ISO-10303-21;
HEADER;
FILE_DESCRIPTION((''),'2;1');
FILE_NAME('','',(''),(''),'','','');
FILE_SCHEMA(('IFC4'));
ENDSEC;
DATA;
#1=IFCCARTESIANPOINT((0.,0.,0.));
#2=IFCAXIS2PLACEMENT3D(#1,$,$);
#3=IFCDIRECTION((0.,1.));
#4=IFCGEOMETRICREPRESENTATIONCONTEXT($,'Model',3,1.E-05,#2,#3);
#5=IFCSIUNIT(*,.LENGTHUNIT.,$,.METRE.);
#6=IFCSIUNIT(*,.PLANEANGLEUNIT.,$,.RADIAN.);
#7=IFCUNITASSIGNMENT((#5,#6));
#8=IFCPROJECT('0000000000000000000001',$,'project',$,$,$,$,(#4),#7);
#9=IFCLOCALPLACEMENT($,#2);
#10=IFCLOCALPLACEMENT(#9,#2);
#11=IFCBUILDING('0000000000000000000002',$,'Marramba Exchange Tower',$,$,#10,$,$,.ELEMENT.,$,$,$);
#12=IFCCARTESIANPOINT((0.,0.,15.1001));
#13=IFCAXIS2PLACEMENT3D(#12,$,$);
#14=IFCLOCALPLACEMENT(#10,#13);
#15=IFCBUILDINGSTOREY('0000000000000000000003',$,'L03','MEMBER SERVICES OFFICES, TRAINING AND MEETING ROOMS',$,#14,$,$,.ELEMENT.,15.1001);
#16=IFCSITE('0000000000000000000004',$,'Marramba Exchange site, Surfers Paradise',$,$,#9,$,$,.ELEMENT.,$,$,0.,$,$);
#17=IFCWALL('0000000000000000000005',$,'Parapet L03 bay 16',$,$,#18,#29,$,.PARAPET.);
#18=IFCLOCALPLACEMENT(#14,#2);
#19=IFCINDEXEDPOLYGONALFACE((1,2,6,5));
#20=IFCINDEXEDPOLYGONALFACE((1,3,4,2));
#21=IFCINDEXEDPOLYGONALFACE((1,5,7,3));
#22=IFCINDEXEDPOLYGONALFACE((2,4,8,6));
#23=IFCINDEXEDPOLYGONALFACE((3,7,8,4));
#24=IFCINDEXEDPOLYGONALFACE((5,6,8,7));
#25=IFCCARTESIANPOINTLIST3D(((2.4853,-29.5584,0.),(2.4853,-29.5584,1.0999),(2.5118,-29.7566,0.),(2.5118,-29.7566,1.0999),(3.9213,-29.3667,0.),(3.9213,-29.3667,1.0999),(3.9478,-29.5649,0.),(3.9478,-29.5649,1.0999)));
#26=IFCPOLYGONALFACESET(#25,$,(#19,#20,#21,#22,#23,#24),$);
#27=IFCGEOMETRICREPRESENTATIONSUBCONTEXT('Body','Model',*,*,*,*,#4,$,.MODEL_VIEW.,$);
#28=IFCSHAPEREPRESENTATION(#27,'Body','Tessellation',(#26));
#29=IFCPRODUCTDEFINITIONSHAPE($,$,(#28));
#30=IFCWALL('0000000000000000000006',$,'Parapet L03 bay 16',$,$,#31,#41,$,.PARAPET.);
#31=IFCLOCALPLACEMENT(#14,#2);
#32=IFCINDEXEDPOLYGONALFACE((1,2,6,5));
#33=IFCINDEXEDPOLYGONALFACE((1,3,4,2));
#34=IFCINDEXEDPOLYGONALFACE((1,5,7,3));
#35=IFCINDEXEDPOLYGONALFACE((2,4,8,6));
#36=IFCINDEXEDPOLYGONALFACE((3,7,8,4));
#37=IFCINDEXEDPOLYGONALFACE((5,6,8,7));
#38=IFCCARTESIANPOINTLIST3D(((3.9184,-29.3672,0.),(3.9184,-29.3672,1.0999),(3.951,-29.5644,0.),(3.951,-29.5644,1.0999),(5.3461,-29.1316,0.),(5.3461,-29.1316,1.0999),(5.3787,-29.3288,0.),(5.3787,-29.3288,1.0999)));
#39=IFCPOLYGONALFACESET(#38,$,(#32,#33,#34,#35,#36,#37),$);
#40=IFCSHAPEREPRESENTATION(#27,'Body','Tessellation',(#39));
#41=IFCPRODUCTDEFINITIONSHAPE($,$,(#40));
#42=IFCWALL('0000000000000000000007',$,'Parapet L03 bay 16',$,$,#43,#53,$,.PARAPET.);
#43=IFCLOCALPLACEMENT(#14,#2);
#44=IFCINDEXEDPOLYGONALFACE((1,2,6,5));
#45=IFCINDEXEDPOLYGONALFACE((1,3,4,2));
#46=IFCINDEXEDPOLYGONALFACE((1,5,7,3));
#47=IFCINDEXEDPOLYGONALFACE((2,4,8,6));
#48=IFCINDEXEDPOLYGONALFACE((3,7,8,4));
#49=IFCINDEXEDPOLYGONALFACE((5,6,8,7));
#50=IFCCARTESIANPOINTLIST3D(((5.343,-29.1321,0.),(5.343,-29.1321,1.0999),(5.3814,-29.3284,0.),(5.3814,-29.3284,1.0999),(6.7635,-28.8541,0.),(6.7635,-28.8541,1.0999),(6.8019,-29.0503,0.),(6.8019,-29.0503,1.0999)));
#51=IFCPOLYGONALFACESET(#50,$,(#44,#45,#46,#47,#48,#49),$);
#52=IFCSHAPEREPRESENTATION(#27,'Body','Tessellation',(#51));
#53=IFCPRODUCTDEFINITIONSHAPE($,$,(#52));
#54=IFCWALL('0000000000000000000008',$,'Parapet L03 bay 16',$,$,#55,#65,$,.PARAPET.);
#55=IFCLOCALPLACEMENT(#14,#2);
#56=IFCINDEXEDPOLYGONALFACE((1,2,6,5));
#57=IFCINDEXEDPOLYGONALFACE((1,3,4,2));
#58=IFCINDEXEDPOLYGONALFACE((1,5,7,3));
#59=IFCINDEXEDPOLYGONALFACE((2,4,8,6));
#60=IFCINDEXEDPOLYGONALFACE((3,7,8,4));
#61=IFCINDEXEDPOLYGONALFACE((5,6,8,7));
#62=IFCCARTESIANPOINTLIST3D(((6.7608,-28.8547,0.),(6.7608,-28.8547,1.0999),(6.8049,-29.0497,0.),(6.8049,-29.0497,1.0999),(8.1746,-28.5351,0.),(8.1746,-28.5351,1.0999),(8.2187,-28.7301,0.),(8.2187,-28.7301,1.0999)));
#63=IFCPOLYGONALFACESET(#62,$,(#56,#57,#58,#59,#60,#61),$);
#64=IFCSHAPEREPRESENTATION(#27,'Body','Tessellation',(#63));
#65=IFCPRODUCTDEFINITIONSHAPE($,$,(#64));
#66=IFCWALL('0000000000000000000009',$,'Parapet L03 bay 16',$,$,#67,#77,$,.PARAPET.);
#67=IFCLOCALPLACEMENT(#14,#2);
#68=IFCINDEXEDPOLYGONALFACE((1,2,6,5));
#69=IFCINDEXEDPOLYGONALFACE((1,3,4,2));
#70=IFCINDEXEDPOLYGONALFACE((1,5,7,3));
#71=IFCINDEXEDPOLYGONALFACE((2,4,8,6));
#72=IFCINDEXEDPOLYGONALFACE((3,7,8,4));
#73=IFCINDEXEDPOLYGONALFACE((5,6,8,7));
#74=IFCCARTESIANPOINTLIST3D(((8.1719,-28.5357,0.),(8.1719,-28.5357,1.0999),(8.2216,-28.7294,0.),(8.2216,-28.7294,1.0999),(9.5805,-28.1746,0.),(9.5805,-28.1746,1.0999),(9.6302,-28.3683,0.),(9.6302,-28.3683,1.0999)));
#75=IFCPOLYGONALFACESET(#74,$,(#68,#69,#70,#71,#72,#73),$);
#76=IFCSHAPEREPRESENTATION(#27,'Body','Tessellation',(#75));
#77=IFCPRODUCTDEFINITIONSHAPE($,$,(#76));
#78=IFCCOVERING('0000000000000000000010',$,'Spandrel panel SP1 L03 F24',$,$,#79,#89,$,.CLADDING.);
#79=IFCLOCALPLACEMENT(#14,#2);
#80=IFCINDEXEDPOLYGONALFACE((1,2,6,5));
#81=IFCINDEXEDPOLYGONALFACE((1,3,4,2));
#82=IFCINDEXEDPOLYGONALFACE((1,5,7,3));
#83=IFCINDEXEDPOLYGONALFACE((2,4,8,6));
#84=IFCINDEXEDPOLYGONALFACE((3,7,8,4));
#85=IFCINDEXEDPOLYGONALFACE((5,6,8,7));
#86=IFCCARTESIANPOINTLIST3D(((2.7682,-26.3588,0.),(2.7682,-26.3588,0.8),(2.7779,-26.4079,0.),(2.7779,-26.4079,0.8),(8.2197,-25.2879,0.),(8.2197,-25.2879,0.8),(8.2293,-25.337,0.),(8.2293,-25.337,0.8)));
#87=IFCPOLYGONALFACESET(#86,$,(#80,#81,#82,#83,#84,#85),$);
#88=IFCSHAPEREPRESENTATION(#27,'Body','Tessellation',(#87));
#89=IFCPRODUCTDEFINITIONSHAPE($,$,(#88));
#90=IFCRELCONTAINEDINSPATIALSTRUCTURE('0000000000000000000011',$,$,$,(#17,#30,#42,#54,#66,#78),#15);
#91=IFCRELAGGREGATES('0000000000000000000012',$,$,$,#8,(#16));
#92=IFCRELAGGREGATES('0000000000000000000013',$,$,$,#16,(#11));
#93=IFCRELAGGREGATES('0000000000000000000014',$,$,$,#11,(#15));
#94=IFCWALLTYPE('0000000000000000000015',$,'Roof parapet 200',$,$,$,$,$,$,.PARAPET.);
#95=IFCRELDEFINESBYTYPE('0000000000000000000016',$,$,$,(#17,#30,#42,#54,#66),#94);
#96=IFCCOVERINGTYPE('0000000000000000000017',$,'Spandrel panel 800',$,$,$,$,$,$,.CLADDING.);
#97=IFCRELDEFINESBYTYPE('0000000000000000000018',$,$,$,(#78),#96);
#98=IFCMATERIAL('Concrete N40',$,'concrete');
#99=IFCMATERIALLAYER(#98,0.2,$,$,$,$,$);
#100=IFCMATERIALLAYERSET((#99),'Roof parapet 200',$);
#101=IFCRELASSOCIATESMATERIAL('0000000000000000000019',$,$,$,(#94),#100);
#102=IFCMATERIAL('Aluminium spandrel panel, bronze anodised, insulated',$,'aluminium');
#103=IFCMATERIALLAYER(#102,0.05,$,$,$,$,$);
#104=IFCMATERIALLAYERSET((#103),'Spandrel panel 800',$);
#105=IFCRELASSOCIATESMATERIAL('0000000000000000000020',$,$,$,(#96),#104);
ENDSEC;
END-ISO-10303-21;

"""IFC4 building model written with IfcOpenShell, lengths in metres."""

from ifc_helpers import new_model, si_unit, direction, frame, frame_2d, origin, origin_2d, place, context, subcontext, project, spatial, rectangle, extrude, material, layer, layer_set, type_object, element, save


model = new_model("IFC4")

# Units and contexts
model_context = context("Model", 3, precision=1e-05, world=origin(), true_north=direction((0.0, 1.0)))
body_context = subcontext(model_context, "Body", "Model", "MODEL_VIEW")
ifc_project = project(units=[si_unit("LENGTHUNIT", "METRE"), si_unit("PLANEANGLEUNIT", "RADIAN")], contexts=[model_context])

# Site, building, storey
site_placement = place(None, origin())
site = spatial("IfcSite", under=ifc_project, at=site_placement, Name="Marramba Exchange site, Surfers Paradise", CompositionType="ELEMENT", RefElevation=0.0)
building_placement = place(site_placement, origin())
building = spatial("IfcBuilding", under=site, at=building_placement, Name="Marramba Exchange Tower", CompositionType="ELEMENT")
storey_placement = place(building_placement, frame((0.0, 0.0, 15.1001)))
storey = spatial("IfcBuildingStorey", under=building, at=storey_placement, Name="L03", Description="MEMBER SERVICES OFFICES, TRAINING AND MEETING ROOMS", CompositionType="ELEMENT", Elevation=15.1001)

# Walls
ifc_material_1 = material(Name="Concrete N40", Category="concrete")
ifc_layer_1 = layer(ifc_material_1, 0.2)
ifc_layer_set_1 = layer_set([ifc_layer_1], Name="Roof parapet 200")
wall_type = type_object("IfcWallType", Name="Roof parapet 200", PredefinedType="PARAPET", material=ifc_layer_set_1)
wall_1_placement = place(storey_placement, frame((2.4985, -29.6575, 0.0), z_axis=(0.0, 0.0, 1.0), x_axis=(0.991212, 0.132285, 0.0)))
element("IfcWall", 1, at=wall_1_placement, inside=storey, type_object=wall_type, Name="Parapet L03 bay 16", PredefinedType="PARAPET", context=body_context, shape_type="SweptSolid", body=[
    extrude(rectangle(XDim=1.4487, YDim=0.2, at=frame_2d((0.7244, 0.0))), origin(), (0.0, 0.0, 1.0), 1.0999),
])
wall_2_placement = place(storey_placement, frame((3.9346, -29.4658, 0.0), z_axis=(0.0, 0.0, 1.0), x_axis=(0.986657, 0.162812, 0.0)))
element("IfcWall", 2, at=wall_2_placement, inside=storey, type_object=wall_type, Name="Parapet L03 bay 16", PredefinedType="PARAPET", context=body_context, shape_type="SweptSolid", body=[
    extrude(rectangle(XDim=1.447, YDim=0.2, at=frame_2d((0.7236, 0.0))), origin(), (0.0, 0.0, 1.0), 1.0999),
])
wall_3_placement = place(storey_placement, frame((5.3623, -29.2302, 0.0), z_axis=(0.0, 0.0, 1.0), x_axis=(0.981377, 0.192093, 0.0)))
element("IfcWall", 3, at=wall_3_placement, inside=storey, type_object=wall_type, Name="Parapet L03 bay 16", PredefinedType="PARAPET", context=body_context, shape_type="SweptSolid", body=[
    extrude(rectangle(XDim=1.4475, YDim=0.2, at=frame_2d((0.7236, 0.0))), origin(), (0.0, 0.0, 1.0), 1.0999),
])
wall_4_placement = place(storey_placement, frame((6.783, -28.9521, 0.0), z_axis=(0.0, 0.0, 1.0), x_axis=(0.975392, 0.220478, 0.0)))
element("IfcWall", 4, at=wall_4_placement, inside=storey, type_object=wall_type, Name="Parapet L03 bay 16", PredefinedType="PARAPET", context=body_context, shape_type="SweptSolid", body=[
    extrude(rectangle(XDim=1.4495, YDim=0.2, at=frame_2d((0.7246, 0.0))), origin(), (0.0, 0.0, 1.0), 1.0999),
])
wall_5_placement = place(storey_placement, frame((8.1968, -28.6326, 0.0), z_axis=(0.0, 0.0, 1.0), x_axis=(0.968673, 0.248339, 0.0)))
element("IfcWall", 5, at=wall_5_placement, inside=storey, type_object=wall_type, Name="Parapet L03 bay 16", PredefinedType="PARAPET", context=body_context, shape_type="SweptSolid", body=[
    extrude(rectangle(XDim=1.4541, YDim=0.2, at=frame_2d((0.7271, 0.0))), origin(), (0.0, 0.0, 1.0), 1.0999),
])

# Covering
ifc_material_2 = material(Name="Aluminium spandrel panel, bronze anodised, insulated", Category="aluminium")
ifc_layer_2 = layer(ifc_material_2, 0.05)
ifc_layer_set_2 = layer_set([ifc_layer_2], Name="Spandrel panel 800")
covering_type = type_object("IfcCoveringType", Name="Spandrel panel 800", PredefinedType="CLADDING", material=ifc_layer_set_2)
covering_placement = place(storey_placement, frame((5.4988, -25.8479, 0.0), z_axis=(0.0, 0.0, 1.0), x_axis=(0.981244, 0.192768, 0.0)))
element("IfcCovering", 6, at=covering_placement, inside=storey, type_object=covering_type, Name="Spandrel panel SP1 L03 F24", PredefinedType="CLADDING", context=body_context, shape_type="SweptSolid", body=[
    extrude(rectangle(XDim=5.5557, YDim=0.05, at=origin_2d()), origin(), (0.0, 0.0, 1.0), 0.8),
])

save(model, "model.ifc")
